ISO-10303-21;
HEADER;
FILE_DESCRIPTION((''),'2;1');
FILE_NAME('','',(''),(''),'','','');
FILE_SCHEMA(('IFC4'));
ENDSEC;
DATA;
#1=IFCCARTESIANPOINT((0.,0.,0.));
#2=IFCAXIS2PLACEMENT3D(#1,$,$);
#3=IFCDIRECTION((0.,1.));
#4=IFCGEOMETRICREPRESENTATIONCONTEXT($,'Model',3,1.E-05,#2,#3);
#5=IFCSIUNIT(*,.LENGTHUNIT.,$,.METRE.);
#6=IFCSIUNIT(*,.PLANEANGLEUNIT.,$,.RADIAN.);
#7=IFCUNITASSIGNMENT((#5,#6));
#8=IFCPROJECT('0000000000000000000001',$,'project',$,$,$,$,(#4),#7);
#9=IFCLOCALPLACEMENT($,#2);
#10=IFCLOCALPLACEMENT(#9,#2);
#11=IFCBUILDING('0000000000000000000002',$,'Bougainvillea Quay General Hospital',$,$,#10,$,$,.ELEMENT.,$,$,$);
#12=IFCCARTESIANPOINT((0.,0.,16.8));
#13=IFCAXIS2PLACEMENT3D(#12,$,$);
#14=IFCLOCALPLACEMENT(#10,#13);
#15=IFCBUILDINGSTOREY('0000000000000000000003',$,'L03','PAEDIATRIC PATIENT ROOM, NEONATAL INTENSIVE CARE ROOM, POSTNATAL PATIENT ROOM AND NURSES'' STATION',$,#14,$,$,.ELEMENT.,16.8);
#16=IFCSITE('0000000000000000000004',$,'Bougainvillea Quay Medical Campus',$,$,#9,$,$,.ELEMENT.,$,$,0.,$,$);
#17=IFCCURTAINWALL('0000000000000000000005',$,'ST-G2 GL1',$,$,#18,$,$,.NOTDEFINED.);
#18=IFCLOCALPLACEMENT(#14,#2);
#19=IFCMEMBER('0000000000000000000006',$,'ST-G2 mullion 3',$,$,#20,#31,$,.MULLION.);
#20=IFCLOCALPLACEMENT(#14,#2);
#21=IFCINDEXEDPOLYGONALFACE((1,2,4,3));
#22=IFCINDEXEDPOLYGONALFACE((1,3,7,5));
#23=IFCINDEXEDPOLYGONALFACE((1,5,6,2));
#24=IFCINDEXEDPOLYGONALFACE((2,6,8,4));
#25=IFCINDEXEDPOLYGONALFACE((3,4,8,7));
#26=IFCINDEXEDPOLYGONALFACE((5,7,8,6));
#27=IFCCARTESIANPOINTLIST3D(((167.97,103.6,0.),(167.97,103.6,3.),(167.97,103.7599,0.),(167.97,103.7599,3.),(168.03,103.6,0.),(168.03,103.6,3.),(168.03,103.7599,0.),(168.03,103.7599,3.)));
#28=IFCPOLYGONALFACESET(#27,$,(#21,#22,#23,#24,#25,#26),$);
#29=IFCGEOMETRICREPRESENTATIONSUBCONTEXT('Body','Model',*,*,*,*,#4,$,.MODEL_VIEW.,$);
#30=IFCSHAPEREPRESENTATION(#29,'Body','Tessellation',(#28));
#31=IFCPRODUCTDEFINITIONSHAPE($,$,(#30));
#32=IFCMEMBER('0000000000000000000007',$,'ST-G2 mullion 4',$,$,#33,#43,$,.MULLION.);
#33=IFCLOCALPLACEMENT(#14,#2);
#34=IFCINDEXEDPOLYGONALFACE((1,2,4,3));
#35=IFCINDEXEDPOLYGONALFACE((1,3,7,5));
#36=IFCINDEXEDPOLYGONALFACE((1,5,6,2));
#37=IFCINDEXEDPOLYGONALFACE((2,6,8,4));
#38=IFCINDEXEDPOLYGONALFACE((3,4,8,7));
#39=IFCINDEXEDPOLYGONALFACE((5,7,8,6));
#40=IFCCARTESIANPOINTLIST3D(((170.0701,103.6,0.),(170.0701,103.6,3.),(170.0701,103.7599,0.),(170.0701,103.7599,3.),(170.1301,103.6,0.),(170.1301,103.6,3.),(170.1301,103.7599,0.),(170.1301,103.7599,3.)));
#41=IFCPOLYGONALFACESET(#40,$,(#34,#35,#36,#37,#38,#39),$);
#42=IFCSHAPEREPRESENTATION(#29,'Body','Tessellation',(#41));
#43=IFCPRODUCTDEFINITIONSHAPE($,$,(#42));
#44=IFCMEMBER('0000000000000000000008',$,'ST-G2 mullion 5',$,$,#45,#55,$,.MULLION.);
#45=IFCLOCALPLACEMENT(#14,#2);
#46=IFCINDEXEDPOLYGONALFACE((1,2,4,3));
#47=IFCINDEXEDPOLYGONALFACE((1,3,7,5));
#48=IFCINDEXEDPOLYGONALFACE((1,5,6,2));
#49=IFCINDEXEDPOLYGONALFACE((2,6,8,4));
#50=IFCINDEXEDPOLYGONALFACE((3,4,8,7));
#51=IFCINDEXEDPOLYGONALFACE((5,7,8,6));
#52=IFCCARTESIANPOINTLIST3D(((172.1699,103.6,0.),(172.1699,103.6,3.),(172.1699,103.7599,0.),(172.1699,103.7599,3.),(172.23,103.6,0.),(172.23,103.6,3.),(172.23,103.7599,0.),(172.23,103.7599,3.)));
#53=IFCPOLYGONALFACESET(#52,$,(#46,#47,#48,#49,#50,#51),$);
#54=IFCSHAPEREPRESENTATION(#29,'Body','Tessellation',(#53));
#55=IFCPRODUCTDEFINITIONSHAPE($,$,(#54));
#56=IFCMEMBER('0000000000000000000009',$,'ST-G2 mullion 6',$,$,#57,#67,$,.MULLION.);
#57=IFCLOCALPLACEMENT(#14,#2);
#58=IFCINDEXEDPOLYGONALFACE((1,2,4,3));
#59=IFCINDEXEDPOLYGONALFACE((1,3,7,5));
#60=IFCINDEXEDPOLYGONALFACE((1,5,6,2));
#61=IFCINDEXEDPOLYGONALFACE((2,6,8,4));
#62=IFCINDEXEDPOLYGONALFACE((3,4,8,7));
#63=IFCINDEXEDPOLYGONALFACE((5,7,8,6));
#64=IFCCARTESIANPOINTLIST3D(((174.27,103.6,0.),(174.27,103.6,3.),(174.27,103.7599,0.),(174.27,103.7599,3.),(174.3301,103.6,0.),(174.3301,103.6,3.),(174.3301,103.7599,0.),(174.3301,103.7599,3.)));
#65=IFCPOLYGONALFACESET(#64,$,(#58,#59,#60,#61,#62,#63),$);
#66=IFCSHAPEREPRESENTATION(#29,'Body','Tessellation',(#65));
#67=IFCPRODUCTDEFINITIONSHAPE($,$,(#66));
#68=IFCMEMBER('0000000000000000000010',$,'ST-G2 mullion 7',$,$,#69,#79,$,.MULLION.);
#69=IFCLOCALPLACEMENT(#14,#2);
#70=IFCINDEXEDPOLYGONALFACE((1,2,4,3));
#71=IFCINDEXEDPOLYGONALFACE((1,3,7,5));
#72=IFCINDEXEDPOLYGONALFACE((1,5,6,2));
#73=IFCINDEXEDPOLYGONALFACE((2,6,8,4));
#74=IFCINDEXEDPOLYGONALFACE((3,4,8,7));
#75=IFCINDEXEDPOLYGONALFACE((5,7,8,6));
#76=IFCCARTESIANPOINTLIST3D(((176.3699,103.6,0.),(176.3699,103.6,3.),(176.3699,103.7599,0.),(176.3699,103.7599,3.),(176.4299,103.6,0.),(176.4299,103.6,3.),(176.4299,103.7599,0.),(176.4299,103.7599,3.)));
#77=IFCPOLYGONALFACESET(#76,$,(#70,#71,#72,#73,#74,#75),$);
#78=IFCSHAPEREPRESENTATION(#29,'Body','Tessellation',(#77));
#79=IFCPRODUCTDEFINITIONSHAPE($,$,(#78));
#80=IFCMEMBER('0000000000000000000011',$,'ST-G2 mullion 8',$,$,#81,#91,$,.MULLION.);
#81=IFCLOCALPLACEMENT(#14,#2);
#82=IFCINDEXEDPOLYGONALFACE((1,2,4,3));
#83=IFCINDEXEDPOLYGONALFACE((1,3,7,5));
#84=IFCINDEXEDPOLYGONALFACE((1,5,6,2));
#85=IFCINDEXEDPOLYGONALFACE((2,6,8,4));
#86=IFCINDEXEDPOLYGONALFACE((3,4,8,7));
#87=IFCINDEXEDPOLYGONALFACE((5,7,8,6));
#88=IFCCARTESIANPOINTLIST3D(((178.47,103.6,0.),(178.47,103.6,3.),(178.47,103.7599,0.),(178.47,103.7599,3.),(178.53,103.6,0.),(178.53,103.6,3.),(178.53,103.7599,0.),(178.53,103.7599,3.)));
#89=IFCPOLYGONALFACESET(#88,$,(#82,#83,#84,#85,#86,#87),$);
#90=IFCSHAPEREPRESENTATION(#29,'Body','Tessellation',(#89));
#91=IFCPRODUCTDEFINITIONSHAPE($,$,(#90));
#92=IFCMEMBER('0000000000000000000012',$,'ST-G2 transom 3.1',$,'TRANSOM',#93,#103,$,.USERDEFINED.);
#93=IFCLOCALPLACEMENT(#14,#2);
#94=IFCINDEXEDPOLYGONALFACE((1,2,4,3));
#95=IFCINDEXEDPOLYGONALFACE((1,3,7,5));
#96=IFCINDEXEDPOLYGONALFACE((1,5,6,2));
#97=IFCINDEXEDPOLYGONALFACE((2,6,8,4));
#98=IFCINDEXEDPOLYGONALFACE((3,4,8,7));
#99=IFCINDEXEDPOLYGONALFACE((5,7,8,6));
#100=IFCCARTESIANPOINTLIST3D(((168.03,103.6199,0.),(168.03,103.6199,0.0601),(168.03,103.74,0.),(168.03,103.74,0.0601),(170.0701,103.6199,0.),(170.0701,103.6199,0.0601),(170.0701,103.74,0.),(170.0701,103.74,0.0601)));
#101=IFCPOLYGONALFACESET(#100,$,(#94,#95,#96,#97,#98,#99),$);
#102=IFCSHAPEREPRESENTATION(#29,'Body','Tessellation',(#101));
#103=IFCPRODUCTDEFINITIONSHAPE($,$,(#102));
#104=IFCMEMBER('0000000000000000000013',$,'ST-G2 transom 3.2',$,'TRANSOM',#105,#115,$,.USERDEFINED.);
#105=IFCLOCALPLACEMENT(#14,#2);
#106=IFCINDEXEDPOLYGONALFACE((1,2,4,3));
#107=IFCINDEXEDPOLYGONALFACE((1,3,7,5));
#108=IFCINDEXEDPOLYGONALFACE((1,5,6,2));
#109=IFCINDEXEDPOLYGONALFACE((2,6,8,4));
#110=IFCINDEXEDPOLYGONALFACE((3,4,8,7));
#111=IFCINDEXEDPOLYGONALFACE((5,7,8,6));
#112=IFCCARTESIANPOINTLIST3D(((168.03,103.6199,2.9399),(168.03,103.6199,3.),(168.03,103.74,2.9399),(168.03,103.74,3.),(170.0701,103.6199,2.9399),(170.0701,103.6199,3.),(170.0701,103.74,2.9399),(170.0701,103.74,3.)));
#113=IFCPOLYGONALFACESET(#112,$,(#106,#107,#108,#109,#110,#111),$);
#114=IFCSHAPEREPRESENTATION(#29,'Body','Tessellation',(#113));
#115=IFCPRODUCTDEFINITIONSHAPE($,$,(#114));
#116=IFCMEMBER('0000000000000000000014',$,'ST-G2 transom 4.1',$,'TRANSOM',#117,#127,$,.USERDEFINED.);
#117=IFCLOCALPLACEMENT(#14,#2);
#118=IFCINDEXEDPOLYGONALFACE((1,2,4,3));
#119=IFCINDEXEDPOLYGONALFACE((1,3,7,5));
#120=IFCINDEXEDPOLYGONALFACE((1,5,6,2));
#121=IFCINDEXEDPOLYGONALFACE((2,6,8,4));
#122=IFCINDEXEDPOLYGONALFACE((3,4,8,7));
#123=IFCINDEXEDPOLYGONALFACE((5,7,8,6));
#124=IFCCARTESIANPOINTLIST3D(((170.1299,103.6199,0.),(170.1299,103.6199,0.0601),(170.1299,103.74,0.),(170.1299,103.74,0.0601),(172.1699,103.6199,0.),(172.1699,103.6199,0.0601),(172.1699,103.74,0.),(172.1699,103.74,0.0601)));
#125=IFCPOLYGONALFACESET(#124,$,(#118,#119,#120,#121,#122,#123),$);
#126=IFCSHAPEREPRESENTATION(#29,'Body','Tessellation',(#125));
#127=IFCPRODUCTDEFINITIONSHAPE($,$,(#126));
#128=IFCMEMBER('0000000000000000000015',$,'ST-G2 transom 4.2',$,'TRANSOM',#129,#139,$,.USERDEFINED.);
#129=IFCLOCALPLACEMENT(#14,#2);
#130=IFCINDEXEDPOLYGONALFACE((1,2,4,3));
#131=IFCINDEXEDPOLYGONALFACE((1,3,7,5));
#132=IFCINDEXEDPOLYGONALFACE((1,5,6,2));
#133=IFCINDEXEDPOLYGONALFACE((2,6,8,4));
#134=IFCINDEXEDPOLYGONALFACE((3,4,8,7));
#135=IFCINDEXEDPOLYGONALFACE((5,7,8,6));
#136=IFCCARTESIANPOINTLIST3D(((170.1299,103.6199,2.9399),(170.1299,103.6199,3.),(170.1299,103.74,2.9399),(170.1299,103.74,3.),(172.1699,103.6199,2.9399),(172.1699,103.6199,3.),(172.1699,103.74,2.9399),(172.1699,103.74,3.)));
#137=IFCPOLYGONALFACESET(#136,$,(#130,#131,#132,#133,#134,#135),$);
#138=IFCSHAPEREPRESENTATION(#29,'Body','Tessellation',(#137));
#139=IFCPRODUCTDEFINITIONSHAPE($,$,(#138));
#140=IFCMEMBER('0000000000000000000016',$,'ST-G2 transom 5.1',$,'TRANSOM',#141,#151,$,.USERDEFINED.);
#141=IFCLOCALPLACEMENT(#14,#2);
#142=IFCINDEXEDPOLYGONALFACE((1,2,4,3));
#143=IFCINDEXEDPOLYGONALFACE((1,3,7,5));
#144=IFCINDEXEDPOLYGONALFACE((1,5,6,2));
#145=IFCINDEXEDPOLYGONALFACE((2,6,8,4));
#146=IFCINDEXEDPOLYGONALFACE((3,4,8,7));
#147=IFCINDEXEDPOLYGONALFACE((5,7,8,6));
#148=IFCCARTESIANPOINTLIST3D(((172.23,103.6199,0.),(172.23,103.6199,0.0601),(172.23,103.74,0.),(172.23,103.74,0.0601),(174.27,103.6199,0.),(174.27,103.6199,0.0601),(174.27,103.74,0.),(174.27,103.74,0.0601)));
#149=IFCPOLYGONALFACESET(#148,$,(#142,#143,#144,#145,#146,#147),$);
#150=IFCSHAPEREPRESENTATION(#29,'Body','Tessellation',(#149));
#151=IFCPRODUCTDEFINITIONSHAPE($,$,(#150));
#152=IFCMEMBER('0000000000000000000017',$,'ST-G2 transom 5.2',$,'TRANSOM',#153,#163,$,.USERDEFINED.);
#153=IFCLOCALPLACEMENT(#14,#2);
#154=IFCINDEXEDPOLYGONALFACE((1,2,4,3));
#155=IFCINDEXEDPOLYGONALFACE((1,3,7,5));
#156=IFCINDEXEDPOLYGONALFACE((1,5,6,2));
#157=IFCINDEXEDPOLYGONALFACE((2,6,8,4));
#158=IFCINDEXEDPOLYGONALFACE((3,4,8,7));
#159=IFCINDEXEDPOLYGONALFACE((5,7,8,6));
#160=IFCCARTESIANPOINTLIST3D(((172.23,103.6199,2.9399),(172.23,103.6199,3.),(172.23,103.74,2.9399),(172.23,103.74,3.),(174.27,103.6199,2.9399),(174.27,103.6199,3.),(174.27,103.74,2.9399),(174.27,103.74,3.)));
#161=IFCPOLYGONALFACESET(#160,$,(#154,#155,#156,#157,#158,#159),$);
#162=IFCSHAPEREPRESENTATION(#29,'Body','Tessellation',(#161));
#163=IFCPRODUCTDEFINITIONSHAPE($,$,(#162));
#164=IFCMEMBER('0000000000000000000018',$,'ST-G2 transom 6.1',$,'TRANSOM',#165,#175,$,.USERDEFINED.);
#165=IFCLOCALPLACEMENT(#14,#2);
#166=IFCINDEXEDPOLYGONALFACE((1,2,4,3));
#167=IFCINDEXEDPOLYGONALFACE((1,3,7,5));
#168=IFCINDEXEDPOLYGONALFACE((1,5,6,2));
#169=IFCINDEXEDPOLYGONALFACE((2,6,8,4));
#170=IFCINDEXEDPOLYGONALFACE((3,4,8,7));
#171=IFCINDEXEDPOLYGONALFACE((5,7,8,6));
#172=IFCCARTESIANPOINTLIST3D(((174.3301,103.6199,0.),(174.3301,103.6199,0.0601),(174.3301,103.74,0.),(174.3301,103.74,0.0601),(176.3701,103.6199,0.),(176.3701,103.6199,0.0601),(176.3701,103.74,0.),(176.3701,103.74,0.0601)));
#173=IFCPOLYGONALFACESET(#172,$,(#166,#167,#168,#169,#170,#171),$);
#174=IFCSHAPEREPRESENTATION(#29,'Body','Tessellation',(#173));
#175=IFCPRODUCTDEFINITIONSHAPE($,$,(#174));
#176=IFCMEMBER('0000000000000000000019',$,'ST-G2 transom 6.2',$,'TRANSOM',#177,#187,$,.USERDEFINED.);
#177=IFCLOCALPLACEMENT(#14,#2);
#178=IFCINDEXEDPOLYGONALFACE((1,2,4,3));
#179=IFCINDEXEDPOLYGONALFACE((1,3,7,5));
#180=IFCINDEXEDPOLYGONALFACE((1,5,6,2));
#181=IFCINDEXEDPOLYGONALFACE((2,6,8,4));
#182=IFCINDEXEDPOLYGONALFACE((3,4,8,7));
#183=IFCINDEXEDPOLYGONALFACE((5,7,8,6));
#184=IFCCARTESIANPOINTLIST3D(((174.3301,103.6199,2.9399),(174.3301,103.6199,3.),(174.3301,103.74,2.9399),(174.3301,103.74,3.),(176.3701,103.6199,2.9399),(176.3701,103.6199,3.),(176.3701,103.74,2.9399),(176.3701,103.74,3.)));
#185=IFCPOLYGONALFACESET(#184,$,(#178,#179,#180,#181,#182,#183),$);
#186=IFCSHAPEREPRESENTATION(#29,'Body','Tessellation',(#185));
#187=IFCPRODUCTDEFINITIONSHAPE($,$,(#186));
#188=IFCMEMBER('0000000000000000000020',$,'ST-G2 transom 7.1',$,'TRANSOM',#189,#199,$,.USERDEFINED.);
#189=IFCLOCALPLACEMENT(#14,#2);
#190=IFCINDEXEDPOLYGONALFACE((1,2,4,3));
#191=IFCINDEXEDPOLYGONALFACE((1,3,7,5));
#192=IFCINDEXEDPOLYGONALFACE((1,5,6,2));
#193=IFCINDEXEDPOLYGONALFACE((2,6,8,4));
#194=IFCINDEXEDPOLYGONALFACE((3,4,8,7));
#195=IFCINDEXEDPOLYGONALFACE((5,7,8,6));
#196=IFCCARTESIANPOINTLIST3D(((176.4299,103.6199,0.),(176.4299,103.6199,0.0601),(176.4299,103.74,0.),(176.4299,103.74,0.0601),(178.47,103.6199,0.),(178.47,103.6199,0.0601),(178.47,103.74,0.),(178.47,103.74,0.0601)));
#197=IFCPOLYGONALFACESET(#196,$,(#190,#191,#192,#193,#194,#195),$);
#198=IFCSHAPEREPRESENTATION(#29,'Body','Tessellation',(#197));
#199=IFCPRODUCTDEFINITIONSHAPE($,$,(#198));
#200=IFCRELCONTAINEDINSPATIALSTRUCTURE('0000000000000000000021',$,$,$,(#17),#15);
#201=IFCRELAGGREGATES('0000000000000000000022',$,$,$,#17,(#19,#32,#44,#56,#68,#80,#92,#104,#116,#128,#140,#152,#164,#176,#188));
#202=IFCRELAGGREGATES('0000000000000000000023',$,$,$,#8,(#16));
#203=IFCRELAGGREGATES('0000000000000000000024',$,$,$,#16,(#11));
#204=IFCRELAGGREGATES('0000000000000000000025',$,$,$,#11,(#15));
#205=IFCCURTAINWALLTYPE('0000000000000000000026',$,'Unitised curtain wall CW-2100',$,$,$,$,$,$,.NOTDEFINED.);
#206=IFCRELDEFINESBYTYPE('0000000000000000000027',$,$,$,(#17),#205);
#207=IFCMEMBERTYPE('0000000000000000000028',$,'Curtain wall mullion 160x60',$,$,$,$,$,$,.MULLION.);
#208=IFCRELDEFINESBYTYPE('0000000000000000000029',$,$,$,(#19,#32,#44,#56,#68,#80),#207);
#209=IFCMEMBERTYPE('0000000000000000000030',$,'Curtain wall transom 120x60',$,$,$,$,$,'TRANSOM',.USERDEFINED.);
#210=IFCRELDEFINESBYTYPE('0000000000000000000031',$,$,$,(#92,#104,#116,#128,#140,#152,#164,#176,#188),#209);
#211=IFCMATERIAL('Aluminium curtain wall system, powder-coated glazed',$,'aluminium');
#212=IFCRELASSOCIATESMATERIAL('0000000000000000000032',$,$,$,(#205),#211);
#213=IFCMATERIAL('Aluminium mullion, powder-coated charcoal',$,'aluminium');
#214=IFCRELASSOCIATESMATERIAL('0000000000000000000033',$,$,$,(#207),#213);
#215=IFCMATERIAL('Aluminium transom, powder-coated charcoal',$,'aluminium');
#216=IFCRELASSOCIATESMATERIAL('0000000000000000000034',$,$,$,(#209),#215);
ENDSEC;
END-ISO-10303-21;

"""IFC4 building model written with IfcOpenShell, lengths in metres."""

from ifc_helpers import new_model, si_unit, direction, frame, origin, origin_2d, place, context, subcontext, project, spatial, rectangle, extrude, material, material_profile, profile_set, type_object, element, aggregate, save


model = new_model("IFC4")

# Units and contexts
model_context = context("Model", 3, precision=1e-05, world=origin(), true_north=direction((0.0, 1.0)))
body_context = subcontext(model_context, "Body", "Model", "MODEL_VIEW")
ifc_project = project(units=[si_unit("LENGTHUNIT", "METRE"), si_unit("PLANEANGLEUNIT", "RADIAN")], contexts=[model_context])

# Site, building, storey
site_placement = place(None, origin())
site = spatial("IfcSite", under=ifc_project, at=site_placement, Name="Bougainvillea Quay Medical Campus", CompositionType="ELEMENT", RefElevation=0.0)
building_placement = place(site_placement, origin())
building = spatial("IfcBuilding", under=site, at=building_placement, Name="Bougainvillea Quay General Hospital", CompositionType="ELEMENT")
storey_placement = place(building_placement, frame((0.0, 0.0, 16.8)))
storey = spatial("IfcBuildingStorey", under=building, at=storey_placement, Name="L03", Description="PAEDIATRIC PATIENT ROOM, NEONATAL INTENSIVE CARE ROOM, POSTNATAL PATIENT ROOM AND NURSES' STATION", CompositionType="ELEMENT", Elevation=16.8)

# Curtain wall, members
ifc_material_1 = material(Name="Aluminium curtain wall system, powder-coated glazed", Category="aluminium")
curtain_wall_type = type_object("IfcCurtainWallType", Name="Unitised curtain wall CW-2100", PredefinedType="NOTDEFINED", material=ifc_material_1)
curtain_wall_placement = place(storey_placement, origin())
curtain_wall = element("IfcCurtainWall", 1, at=curtain_wall_placement, inside=storey, type_object=curtain_wall_type, Name="ST-G2 GL1", PredefinedType="NOTDEFINED")
ifc_material_2 = material(Name="Aluminium mullion, powder-coated charcoal", Category="aluminium")
ifc_material_profile_1 = material_profile(ifc_material_2, rectangle(XDim=0.1599, YDim=0.0601, at=origin_2d()))
ifc_profile_set_1 = profile_set([ifc_material_profile_1], Name="Aluminium mullion, powder-coated charcoal")
member_type_1 = type_object("IfcMemberType", Name="Curtain wall mullion 160x60", PredefinedType="MULLION", material=ifc_profile_set_1)
member_1_placement = place(storey_placement, frame((168.0, 103.6799, 0.0), z_axis=(0.0, 0.0, 1.0), x_axis=(0.0, 1.0, 0.0)))
member_1 = element("IfcMember", 2, at=member_1_placement, type_object=member_type_1, Name="ST-G2 mullion 3", PredefinedType="MULLION", context=body_context, shape_type="SweptSolid", body=[
    extrude(rectangle(XDim=0.1599, YDim=0.0601, at=origin_2d()), origin(), (0.0, 0.0, 1.0), 3.0),
])
member_2_placement = place(storey_placement, frame((170.1001, 103.6799, 0.0), z_axis=(0.0, 0.0, 1.0), x_axis=(0.0, 1.0, 0.0)))
member_2 = element("IfcMember", 3, at=member_2_placement, type_object=member_type_1, Name="ST-G2 mullion 4", PredefinedType="MULLION", context=body_context, shape_type="SweptSolid", body=[
    extrude(rectangle(XDim=0.1599, YDim=0.0601, at=origin_2d()), origin(), (0.0, 0.0, 1.0), 3.0),
])
member_3_placement = place(storey_placement, frame((172.2, 103.6799, 0.0), z_axis=(0.0, 0.0, 1.0), x_axis=(0.0, 1.0, 0.0)))
member_3 = element("IfcMember", 4, at=member_3_placement, type_object=member_type_1, Name="ST-G2 mullion 5", PredefinedType="MULLION", context=body_context, shape_type="SweptSolid", body=[
    extrude(rectangle(XDim=0.1599, YDim=0.0601, at=origin_2d()), origin(), (0.0, 0.0, 1.0), 3.0),
])
member_4_placement = place(storey_placement, frame((174.3, 103.6799, 0.0), z_axis=(0.0, 0.0, 1.0), x_axis=(0.0, 1.0, 0.0)))
member_4 = element("IfcMember", 5, at=member_4_placement, type_object=member_type_1, Name="ST-G2 mullion 6", PredefinedType="MULLION", context=body_context, shape_type="SweptSolid", body=[
    extrude(rectangle(XDim=0.1599, YDim=0.0601, at=origin_2d()), origin(), (0.0, 0.0, 1.0), 3.0),
])
member_5_placement = place(storey_placement, frame((176.3999, 103.6799, 0.0), z_axis=(0.0, 0.0, 1.0), x_axis=(0.0, 1.0, 0.0)))
member_5 = element("IfcMember", 6, at=member_5_placement, type_object=member_type_1, Name="ST-G2 mullion 7", PredefinedType="MULLION", context=body_context, shape_type="SweptSolid", body=[
    extrude(rectangle(XDim=0.1599, YDim=0.0601, at=origin_2d()), origin(), (0.0, 0.0, 1.0), 3.0),
])
member_6_placement = place(storey_placement, frame((178.5, 103.6799, 0.0), z_axis=(0.0, 0.0, 1.0), x_axis=(0.0, 1.0, 0.0)))
member_6 = element("IfcMember", 7, at=member_6_placement, type_object=member_type_1, Name="ST-G2 mullion 8", PredefinedType="MULLION", context=body_context, shape_type="SweptSolid", body=[
    extrude(rectangle(XDim=0.1599, YDim=0.0601, at=origin_2d()), origin(), (0.0, 0.0, 1.0), 3.0),
])
ifc_material_3 = material(Name="Aluminium transom, powder-coated charcoal", Category="aluminium")
ifc_material_profile_2 = material_profile(ifc_material_3, rectangle(XDim=0.1201, YDim=0.0601, at=origin_2d()))
ifc_profile_set_2 = profile_set([ifc_material_profile_2], Name="Aluminium transom, powder-coated charcoal")
member_type_2 = type_object("IfcMemberType", Name="Curtain wall transom 120x60", ElementType="TRANSOM", PredefinedType="USERDEFINED", material=ifc_profile_set_2)
member_7_placement = place(storey_placement, frame((168.03, 103.6799, 0.03), z_axis=(1.0, 0.0, 0.0), x_axis=(0.0, 1.0, 0.0)))
member_7 = element("IfcMember", 8, at=member_7_placement, type_object=member_type_2, Name="ST-G2 transom 3.1", ObjectType="TRANSOM", PredefinedType="USERDEFINED", context=body_context, shape_type="SweptSolid", body=[
    extrude(rectangle(XDim=0.1201, YDim=0.0601, at=origin_2d()), origin(), (0.0, 0.0, 1.0), 2.04),
])
member_8_placement = place(storey_placement, frame((168.03, 103.6799, 2.97), z_axis=(1.0, 0.0, 0.0), x_axis=(0.0, 1.0, 0.0)))
member_8 = element("IfcMember", 9, at=member_8_placement, type_object=member_type_2, Name="ST-G2 transom 3.2", ObjectType="TRANSOM", PredefinedType="USERDEFINED", context=body_context, shape_type="SweptSolid", body=[
    extrude(rectangle(XDim=0.1201, YDim=0.0601, at=origin_2d()), origin(), (0.0, 0.0, 1.0), 2.04),
])
member_9_placement = place(storey_placement, frame((170.1299, 103.6799, 0.03), z_axis=(1.0, 0.0, 0.0), x_axis=(0.0, 1.0, 0.0)))
member_9 = element("IfcMember", 10, at=member_9_placement, type_object=member_type_2, Name="ST-G2 transom 4.1", ObjectType="TRANSOM", PredefinedType="USERDEFINED", context=body_context, shape_type="SweptSolid", body=[
    extrude(rectangle(XDim=0.1201, YDim=0.0601, at=origin_2d()), origin(), (0.0, 0.0, 1.0), 2.04),
])
member_10_placement = place(storey_placement, frame((170.1299, 103.6799, 2.97), z_axis=(1.0, 0.0, 0.0), x_axis=(0.0, 1.0, 0.0)))
member_10 = element("IfcMember", 11, at=member_10_placement, type_object=member_type_2, Name="ST-G2 transom 4.2", ObjectType="TRANSOM", PredefinedType="USERDEFINED", context=body_context, shape_type="SweptSolid", body=[
    extrude(rectangle(XDim=0.1201, YDim=0.0601, at=origin_2d()), origin(), (0.0, 0.0, 1.0), 2.04),
])
member_11_placement = place(storey_placement, frame((172.23, 103.6799, 0.03), z_axis=(1.0, 0.0, 0.0), x_axis=(0.0, 1.0, 0.0)))
member_11 = element("IfcMember", 12, at=member_11_placement, type_object=member_type_2, Name="ST-G2 transom 5.1", ObjectType="TRANSOM", PredefinedType="USERDEFINED", context=body_context, shape_type="SweptSolid", body=[
    extrude(rectangle(XDim=0.1201, YDim=0.0601, at=origin_2d()), origin(), (0.0, 0.0, 1.0), 2.04),
])
member_12_placement = place(storey_placement, frame((172.23, 103.6799, 2.97), z_axis=(1.0, 0.0, 0.0), x_axis=(0.0, 1.0, 0.0)))
member_12 = element("IfcMember", 13, at=member_12_placement, type_object=member_type_2, Name="ST-G2 transom 5.2", ObjectType="TRANSOM", PredefinedType="USERDEFINED", context=body_context, shape_type="SweptSolid", body=[
    extrude(rectangle(XDim=0.1201, YDim=0.0601, at=origin_2d()), origin(), (0.0, 0.0, 1.0), 2.04),
])
member_13_placement = place(storey_placement, frame((174.3301, 103.6799, 0.03), z_axis=(1.0, 0.0, 0.0), x_axis=(0.0, 1.0, 0.0)))
member_13 = element("IfcMember", 14, at=member_13_placement, type_object=member_type_2, Name="ST-G2 transom 6.1", ObjectType="TRANSOM", PredefinedType="USERDEFINED", context=body_context, shape_type="SweptSolid", body=[
    extrude(rectangle(XDim=0.1201, YDim=0.0601, at=origin_2d()), origin(), (0.0, 0.0, 1.0), 2.04),
])
member_14_placement = place(storey_placement, frame((174.3301, 103.6799, 2.97), z_axis=(1.0, 0.0, 0.0), x_axis=(0.0, 1.0, 0.0)))
member_14 = element("IfcMember", 15, at=member_14_placement, type_object=member_type_2, Name="ST-G2 transom 6.2", ObjectType="TRANSOM", PredefinedType="USERDEFINED", context=body_context, shape_type="SweptSolid", body=[
    extrude(rectangle(XDim=0.1201, YDim=0.0601, at=origin_2d()), origin(), (0.0, 0.0, 1.0), 2.04),
])
member_15_placement = place(storey_placement, frame((176.4299, 103.6799, 0.03), z_axis=(1.0, 0.0, 0.0), x_axis=(0.0, 1.0, 0.0)))
member_15 = element("IfcMember", 16, at=member_15_placement, type_object=member_type_2, Name="ST-G2 transom 7.1", ObjectType="TRANSOM", PredefinedType="USERDEFINED", context=body_context, shape_type="SweptSolid", body=[
    extrude(rectangle(XDim=0.1201, YDim=0.0601, at=origin_2d()), origin(), (0.0, 0.0, 1.0), 2.04),
])
aggregate(curtain_wall, [member_1, member_2, member_3, member_4, member_5, member_6, member_7, member_8, member_9, member_10, member_11, member_12, member_13, member_14, member_15])

save(model, "model.ifc")
